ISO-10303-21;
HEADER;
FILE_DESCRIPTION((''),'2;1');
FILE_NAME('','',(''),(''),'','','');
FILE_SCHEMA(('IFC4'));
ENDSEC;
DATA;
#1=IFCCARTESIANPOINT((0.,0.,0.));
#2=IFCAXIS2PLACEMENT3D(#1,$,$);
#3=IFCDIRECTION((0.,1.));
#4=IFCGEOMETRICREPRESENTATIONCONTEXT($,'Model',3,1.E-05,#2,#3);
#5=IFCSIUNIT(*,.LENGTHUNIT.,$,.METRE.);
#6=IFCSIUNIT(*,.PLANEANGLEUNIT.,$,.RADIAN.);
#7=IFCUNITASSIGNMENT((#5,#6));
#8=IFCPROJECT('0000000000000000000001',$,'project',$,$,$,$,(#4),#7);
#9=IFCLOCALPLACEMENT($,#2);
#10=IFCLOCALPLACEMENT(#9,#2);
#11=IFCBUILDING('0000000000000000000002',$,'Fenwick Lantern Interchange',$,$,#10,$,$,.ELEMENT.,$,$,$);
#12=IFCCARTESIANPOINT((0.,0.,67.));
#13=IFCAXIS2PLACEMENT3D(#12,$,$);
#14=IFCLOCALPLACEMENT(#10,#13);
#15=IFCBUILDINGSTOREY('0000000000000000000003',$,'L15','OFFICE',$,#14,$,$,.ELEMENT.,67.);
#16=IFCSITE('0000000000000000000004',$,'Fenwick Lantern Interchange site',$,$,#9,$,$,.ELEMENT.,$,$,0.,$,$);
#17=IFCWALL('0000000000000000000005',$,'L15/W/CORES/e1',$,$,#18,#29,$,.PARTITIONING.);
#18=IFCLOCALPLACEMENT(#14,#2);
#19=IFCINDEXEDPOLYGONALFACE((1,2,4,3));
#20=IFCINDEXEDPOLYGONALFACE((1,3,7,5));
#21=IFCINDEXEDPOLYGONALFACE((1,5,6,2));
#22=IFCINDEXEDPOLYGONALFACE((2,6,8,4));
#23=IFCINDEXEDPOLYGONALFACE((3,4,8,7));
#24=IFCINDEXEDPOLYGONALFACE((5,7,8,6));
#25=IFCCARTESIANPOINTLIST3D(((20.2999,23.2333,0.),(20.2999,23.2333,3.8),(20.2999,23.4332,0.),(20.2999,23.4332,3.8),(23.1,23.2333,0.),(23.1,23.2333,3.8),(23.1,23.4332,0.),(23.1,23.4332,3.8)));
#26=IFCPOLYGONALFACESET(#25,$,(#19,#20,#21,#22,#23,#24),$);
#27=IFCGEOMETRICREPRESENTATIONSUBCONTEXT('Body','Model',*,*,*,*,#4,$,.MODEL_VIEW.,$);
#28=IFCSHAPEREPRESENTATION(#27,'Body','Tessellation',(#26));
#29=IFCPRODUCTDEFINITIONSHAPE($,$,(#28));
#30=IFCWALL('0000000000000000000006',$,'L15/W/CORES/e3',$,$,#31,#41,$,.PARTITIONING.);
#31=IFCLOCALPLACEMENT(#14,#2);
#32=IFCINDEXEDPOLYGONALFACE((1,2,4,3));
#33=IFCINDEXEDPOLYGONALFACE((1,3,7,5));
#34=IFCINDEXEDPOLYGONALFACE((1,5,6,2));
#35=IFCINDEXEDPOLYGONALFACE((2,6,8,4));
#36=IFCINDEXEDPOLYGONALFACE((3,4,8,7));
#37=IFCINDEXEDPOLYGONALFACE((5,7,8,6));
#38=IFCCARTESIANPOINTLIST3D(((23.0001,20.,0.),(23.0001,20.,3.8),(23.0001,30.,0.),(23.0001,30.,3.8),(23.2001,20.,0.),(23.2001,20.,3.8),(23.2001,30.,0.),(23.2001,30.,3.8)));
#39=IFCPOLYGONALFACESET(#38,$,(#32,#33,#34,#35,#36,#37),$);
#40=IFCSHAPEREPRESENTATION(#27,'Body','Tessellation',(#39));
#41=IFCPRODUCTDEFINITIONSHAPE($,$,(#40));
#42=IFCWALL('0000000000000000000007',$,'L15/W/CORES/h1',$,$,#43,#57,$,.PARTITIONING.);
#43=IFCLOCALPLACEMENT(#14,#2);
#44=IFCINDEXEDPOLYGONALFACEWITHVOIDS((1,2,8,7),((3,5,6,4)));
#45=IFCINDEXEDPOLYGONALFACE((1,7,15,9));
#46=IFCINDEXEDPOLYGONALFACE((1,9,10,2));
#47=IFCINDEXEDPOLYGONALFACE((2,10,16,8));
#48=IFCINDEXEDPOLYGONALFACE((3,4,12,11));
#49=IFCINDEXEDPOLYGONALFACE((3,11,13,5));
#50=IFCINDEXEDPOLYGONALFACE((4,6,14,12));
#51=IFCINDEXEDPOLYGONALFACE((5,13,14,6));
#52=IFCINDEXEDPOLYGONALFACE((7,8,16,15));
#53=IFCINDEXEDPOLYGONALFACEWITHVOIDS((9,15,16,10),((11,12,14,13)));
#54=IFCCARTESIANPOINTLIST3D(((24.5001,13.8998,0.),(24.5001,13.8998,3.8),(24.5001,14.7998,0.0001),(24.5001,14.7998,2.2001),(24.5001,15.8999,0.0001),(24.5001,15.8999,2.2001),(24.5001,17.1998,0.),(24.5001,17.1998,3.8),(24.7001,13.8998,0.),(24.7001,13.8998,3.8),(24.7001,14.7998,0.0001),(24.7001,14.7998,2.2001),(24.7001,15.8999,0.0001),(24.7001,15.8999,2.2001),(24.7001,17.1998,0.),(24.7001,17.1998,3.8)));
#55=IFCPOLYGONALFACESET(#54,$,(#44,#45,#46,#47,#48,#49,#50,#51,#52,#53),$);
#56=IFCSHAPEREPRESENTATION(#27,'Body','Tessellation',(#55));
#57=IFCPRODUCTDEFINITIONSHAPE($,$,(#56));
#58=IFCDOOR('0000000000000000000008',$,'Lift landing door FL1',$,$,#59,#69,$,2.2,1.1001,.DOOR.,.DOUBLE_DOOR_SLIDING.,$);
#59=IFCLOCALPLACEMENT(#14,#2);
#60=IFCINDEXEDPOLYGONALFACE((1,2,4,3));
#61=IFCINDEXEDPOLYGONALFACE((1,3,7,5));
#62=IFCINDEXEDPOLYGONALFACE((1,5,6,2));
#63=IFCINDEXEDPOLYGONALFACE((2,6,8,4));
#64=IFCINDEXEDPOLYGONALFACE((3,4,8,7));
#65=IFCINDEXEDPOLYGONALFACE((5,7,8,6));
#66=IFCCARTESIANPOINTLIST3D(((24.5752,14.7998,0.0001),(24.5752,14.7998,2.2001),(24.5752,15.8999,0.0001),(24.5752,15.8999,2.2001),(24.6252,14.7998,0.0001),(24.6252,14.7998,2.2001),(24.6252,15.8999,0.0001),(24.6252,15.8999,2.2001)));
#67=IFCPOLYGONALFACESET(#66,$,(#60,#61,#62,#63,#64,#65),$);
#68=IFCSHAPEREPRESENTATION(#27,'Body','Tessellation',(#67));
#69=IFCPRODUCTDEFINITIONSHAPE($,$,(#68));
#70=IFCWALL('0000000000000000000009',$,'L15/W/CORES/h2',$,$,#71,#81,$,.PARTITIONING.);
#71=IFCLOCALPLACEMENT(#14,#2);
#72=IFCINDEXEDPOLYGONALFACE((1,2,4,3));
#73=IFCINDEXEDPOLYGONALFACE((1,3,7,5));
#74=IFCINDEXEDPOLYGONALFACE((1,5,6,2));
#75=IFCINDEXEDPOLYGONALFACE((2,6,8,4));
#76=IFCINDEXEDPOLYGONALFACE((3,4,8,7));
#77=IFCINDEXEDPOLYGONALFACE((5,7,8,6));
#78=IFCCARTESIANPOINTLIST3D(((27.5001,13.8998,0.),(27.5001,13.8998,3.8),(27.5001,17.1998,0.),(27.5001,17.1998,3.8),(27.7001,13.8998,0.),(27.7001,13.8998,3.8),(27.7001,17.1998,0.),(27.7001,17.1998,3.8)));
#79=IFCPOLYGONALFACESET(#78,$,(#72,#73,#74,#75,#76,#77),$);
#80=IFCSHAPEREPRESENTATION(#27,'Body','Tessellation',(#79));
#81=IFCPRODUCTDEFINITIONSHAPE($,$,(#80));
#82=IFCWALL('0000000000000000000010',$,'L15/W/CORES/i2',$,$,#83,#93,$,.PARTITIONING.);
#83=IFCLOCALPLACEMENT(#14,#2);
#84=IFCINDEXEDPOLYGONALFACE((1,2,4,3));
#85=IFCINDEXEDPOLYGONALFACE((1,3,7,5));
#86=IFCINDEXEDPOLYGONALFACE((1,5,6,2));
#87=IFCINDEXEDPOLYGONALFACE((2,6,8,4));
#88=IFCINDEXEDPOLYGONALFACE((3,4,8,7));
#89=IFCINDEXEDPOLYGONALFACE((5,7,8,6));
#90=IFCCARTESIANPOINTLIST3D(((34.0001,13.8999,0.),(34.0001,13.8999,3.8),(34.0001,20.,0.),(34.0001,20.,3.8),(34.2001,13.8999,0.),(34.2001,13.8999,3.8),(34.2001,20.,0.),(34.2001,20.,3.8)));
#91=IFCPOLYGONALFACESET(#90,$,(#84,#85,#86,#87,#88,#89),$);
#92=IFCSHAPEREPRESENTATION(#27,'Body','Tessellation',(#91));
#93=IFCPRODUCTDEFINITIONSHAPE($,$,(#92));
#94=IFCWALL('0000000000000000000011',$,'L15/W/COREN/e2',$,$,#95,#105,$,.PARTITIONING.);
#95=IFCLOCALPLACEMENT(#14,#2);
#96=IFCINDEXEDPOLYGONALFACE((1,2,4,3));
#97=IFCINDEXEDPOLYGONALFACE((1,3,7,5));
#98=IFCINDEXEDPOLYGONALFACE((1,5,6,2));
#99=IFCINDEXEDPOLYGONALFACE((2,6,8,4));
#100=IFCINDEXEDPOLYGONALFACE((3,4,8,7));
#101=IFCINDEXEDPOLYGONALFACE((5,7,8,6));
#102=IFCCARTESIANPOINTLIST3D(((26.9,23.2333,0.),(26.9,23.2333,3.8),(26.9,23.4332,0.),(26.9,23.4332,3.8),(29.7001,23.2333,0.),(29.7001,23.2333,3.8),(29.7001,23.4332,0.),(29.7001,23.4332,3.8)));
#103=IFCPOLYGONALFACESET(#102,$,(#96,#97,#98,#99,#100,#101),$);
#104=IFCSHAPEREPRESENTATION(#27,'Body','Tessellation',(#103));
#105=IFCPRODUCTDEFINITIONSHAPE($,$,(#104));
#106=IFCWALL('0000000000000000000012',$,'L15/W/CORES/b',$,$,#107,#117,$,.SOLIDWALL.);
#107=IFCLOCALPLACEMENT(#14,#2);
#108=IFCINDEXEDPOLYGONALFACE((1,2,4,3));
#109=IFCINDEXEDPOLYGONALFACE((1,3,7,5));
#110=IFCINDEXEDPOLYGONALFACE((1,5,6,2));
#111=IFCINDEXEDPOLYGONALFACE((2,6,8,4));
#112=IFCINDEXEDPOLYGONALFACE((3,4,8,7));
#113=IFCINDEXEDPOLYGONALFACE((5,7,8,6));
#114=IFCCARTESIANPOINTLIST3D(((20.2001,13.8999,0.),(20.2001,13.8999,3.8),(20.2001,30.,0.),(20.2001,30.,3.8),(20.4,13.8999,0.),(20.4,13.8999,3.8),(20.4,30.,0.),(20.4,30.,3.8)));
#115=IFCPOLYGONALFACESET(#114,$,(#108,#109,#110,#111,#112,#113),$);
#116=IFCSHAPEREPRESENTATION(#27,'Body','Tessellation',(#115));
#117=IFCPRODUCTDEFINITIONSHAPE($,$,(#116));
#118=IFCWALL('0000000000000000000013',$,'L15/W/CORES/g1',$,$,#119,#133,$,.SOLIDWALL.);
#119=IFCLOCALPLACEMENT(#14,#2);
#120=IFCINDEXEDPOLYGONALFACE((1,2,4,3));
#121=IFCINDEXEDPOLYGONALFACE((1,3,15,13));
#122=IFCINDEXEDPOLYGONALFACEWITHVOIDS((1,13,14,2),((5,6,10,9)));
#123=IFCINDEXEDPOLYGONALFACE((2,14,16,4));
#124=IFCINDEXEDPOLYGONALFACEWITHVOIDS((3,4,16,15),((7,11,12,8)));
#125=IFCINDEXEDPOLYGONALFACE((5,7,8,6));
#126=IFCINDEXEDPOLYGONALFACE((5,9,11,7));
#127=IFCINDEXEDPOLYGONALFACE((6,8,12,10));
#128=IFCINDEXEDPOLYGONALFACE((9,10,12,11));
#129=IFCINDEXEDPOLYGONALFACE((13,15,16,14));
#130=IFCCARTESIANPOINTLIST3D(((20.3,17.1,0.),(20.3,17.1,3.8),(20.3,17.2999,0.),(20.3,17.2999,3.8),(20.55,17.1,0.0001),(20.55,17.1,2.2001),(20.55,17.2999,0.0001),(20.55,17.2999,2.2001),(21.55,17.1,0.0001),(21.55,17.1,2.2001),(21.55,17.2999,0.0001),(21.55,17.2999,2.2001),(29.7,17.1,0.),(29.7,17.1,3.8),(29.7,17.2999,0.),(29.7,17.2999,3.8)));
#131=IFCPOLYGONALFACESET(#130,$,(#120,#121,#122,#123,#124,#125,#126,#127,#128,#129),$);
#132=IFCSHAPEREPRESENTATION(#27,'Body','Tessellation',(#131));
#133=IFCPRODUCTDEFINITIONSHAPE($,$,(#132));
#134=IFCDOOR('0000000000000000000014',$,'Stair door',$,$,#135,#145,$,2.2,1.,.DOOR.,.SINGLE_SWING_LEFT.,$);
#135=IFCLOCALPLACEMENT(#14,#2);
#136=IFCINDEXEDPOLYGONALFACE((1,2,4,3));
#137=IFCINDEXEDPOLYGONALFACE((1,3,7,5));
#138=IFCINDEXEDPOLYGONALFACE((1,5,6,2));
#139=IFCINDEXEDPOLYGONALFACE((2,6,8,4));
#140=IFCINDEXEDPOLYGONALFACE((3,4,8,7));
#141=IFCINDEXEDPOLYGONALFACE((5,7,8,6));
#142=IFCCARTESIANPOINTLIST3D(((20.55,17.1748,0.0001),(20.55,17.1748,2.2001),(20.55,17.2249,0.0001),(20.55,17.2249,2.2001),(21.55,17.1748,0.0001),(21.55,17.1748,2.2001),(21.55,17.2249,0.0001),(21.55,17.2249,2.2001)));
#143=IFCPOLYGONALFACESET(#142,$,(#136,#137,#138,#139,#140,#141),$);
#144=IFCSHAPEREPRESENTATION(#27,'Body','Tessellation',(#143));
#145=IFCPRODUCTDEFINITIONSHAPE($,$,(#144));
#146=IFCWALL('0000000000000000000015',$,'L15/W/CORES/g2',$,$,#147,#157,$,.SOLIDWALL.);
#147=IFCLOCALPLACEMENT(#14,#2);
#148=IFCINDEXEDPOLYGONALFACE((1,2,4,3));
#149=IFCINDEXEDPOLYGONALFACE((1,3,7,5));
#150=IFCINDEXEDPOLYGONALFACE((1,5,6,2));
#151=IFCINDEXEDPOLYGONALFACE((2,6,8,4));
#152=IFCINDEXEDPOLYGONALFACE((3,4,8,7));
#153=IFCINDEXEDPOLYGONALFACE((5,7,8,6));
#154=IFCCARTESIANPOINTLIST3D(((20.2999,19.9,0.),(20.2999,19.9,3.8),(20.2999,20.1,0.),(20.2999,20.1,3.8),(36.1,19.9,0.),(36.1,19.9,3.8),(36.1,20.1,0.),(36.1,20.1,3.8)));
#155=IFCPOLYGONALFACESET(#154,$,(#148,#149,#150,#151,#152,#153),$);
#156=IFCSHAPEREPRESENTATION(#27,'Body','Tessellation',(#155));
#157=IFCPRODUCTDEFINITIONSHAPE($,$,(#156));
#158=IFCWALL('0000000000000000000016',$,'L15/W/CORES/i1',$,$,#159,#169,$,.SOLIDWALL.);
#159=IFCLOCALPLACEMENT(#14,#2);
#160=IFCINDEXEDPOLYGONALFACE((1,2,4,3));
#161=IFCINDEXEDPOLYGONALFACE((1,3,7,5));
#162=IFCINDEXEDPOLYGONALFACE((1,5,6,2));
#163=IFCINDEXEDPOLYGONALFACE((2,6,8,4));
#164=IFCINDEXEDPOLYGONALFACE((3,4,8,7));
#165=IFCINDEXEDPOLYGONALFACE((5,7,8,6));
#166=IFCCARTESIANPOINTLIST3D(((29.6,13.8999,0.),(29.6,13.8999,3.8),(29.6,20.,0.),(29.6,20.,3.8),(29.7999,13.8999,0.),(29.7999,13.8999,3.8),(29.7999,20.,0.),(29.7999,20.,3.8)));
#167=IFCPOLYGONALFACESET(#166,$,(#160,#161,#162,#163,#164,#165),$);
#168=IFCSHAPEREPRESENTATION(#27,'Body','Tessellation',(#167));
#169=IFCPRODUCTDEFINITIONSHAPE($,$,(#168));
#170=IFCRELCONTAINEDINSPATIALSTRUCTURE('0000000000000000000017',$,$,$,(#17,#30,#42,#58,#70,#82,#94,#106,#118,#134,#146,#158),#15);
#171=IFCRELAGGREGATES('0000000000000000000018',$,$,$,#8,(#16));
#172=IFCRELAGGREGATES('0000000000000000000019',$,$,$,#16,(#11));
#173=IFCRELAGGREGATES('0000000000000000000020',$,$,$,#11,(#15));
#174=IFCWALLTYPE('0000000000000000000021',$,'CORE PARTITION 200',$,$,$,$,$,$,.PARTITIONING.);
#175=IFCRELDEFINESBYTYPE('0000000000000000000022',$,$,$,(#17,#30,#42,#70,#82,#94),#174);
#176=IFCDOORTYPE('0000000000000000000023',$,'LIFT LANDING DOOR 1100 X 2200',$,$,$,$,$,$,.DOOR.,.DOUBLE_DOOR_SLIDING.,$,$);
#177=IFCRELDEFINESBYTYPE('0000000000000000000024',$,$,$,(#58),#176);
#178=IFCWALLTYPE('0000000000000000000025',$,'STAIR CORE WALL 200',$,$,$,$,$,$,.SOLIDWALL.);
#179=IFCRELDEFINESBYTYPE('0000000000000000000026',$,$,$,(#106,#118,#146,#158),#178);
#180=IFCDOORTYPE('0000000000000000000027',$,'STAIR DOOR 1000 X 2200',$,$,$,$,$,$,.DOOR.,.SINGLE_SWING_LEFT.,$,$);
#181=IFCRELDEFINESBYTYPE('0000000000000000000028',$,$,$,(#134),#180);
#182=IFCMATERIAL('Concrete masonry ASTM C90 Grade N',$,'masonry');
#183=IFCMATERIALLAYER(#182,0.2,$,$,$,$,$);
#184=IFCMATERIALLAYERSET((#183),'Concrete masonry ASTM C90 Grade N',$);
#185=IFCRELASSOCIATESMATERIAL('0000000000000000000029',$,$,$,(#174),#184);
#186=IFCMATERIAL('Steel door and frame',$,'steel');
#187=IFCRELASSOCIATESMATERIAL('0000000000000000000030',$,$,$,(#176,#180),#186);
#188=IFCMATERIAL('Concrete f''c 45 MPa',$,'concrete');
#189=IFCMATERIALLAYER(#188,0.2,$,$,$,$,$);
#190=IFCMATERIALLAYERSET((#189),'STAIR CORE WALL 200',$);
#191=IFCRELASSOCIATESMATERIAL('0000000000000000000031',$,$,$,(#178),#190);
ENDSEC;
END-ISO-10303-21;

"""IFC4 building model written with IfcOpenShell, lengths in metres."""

from ifc_helpers import new_model, si_unit, direction, frame, frame_2d, origin, place, context, subcontext, project, spatial, rectangle, extrude, material, layer, layer_set, type_object, element, fill, save


model = new_model("IFC4")

# Units and contexts
model_context = context("Model", 3, precision=1e-05, world=origin(), true_north=direction((0.0, 1.0)))
body_context = subcontext(model_context, "Body", "Model", "MODEL_VIEW")
ifc_project = project(units=[si_unit("LENGTHUNIT", "METRE"), si_unit("PLANEANGLEUNIT", "RADIAN")], contexts=[model_context])

# Site, building, storey
site_placement = place(None, origin())
site = spatial("IfcSite", under=ifc_project, at=site_placement, Name="Fenwick Lantern Interchange site", CompositionType="ELEMENT", RefElevation=0.0)
building_placement = place(site_placement, origin())
building = spatial("IfcBuilding", under=site, at=building_placement, Name="Fenwick Lantern Interchange", CompositionType="ELEMENT")
storey_placement = place(building_placement, frame((0.0, 0.0, 67.0)))
storey = spatial("IfcBuildingStorey", under=building, at=storey_placement, Name="L15", Description="OFFICE", CompositionType="ELEMENT", Elevation=67.0)

# Walls
ifc_material_1 = material(Name="Concrete masonry ASTM C90 Grade N", Category="masonry")
ifc_layer_1 = layer(ifc_material_1, 0.2)
ifc_layer_set_1 = layer_set([ifc_layer_1], Name="Concrete masonry ASTM C90 Grade N")
wall_type_1 = type_object("IfcWallType", Name="CORE PARTITION 200", PredefinedType="PARTITIONING", material=ifc_layer_set_1)
wall_1_placement = place(storey_placement, frame((20.3, 23.3333, 0.0), z_axis=(0.0, 0.0, 1.0), x_axis=(1.0, 0.0, 0.0)))
element("IfcWall", 1, at=wall_1_placement, inside=storey, type_object=wall_type_1, Name="L15/W/CORES/e1", PredefinedType="PARTITIONING", context=body_context, shape_type="SweptSolid", body=[
    extrude(rectangle(XDim=2.8, YDim=0.2, at=frame_2d((1.3999, 0.0))), origin(), (0.0, 0.0, 1.0), 3.8),
])
wall_2_placement = place(storey_placement, frame((23.1001, 20.0, 0.0), z_axis=(0.0, 0.0, 1.0), x_axis=(0.0, 1.0, 0.0)))
element("IfcWall", 2, at=wall_2_placement, inside=storey, type_object=wall_type_1, Name="L15/W/CORES/e3", PredefinedType="PARTITIONING", context=body_context, shape_type="SweptSolid", body=[
    extrude(rectangle(XDim=10.0, YDim=0.2, at=frame_2d((5.0, 0.0))), origin(), (0.0, 0.0, 1.0), 3.8),
])

# Wall, opening, door
wall_3_placement = place(storey_placement, frame((24.6001, 13.8999, 0.0), z_axis=(0.0, 0.0, 1.0), x_axis=(0.0, 1.0, 0.0)))
wall_3 = element("IfcWall", 3, at=wall_3_placement, inside=storey, type_object=wall_type_1, Name="L15/W/CORES/h1", PredefinedType="PARTITIONING", context=body_context, shape_type="SweptSolid", body=[
    extrude(rectangle(XDim=3.3, YDim=0.2, at=frame_2d((1.6499, 0.0))), origin(), (0.0, 0.0, 1.0), 3.8),
])
opening_1_placement = place(wall_3_placement, frame((0.8999, 0.0, 0.0)))
opening_1 = element("IfcOpeningElement", 4, at=opening_1_placement, cuts=wall_3, PredefinedType="OPENING", context=body_context, shape_type="SweptSolid", body=[
    extrude(rectangle(XDim=1.1001, YDim=2.2, at=frame_2d((0.55, 1.1001))), frame((0.0, 0.1099, 0.0), z_axis=(0.0, -1.0, 0.0), x_axis=(1.0, 0.0, 0.0)), (0.0, 0.0, 1.0), 0.22),
])
ifc_material_2 = material(Name="Steel door and frame", Category="steel")
door_type_1 = type_object("IfcDoorType", Name="LIFT LANDING DOOR 1100 X 2200", OperationType="DOUBLE_DOOR_SLIDING", PredefinedType="DOOR", material=ifc_material_2)
door_1_placement = place(opening_1_placement, origin())
door_1 = element("IfcDoor", 5, at=door_1_placement, inside=storey, type_object=door_type_1, Name="Lift landing door FL1", OperationType="DOUBLE_DOOR_SLIDING", OverallHeight=2.2, OverallWidth=1.1001, PredefinedType="DOOR", context=body_context, shape_type="SweptSolid", body=[
    extrude(rectangle(XDim=1.1001, YDim=2.2, at=frame_2d((0.55, 1.1001))), frame((0.0, 0.0249, 0.0), z_axis=(0.0, -1.0, 0.0), x_axis=(1.0, 0.0, 0.0)), (0.0, 0.0, 1.0), 0.05),
])
fill(opening_1, door_1)

# Walls
wall_4_placement = place(storey_placement, frame((27.6001, 13.8999, 0.0), z_axis=(0.0, 0.0, 1.0), x_axis=(0.0, 1.0, 0.0)))
element("IfcWall", 6, at=wall_4_placement, inside=storey, type_object=wall_type_1, Name="L15/W/CORES/h2", PredefinedType="PARTITIONING", context=body_context, shape_type="SweptSolid", body=[
    extrude(rectangle(XDim=3.3, YDim=0.2, at=frame_2d((1.6499, 0.0))), origin(), (0.0, 0.0, 1.0), 3.8),
])
wall_5_placement = place(storey_placement, frame((34.1001, 13.8999, 0.0), z_axis=(0.0, 0.0, 1.0), x_axis=(0.0, 1.0, 0.0)))
element("IfcWall", 7, at=wall_5_placement, inside=storey, type_object=wall_type_1, Name="L15/W/CORES/i2", PredefinedType="PARTITIONING", context=body_context, shape_type="SweptSolid", body=[
    extrude(rectangle(XDim=6.1001, YDim=0.2, at=frame_2d((3.05, 0.0))), origin(), (0.0, 0.0, 1.0), 3.8),
])
wall_6_placement = place(storey_placement, frame((29.7, 23.3333, 0.0), z_axis=(0.0, 0.0, 1.0), x_axis=(-1.0, 0.0, 0.0)))
element("IfcWall", 8, at=wall_6_placement, inside=storey, type_object=wall_type_1, Name="L15/W/COREN/e2", PredefinedType="PARTITIONING", context=body_context, shape_type="SweptSolid", body=[
    extrude(rectangle(XDim=2.8, YDim=0.2, at=frame_2d((1.3999, 0.0))), origin(), (0.0, 0.0, 1.0), 3.8),
])
ifc_material_3 = material(Name="Concrete f'c 45 MPa", Category="concrete")
ifc_layer_2 = layer(ifc_material_3, 0.2)
ifc_layer_set_2 = layer_set([ifc_layer_2], Name="STAIR CORE WALL 200")
wall_type_2 = type_object("IfcWallType", Name="STAIR CORE WALL 200", PredefinedType="SOLIDWALL", material=ifc_layer_set_2)
wall_7_placement = place(storey_placement, frame((20.3, 13.8999, 0.0), z_axis=(0.0, 0.0, 1.0), x_axis=(0.0, 1.0, 0.0)))
element("IfcWall", 9, at=wall_7_placement, inside=storey, type_object=wall_type_2, Name="L15/W/CORES/b", PredefinedType="SOLIDWALL", context=body_context, shape_type="SweptSolid", body=[
    extrude(rectangle(XDim=16.1001, YDim=0.2, at=frame_2d((8.05, 0.0))), origin(), (0.0, 0.0, 1.0), 3.8),
])

# Wall, opening, door
wall_8_placement = place(storey_placement, frame((20.3, 17.2, 0.0), z_axis=(0.0, 0.0, 1.0), x_axis=(1.0, 0.0, 0.0)))
wall_8 = element("IfcWall", 10, at=wall_8_placement, inside=storey, type_object=wall_type_2, Name="L15/W/CORES/g1", PredefinedType="SOLIDWALL", context=body_context, shape_type="SweptSolid", body=[
    extrude(rectangle(XDim=9.3999, YDim=0.2, at=frame_2d((4.7, 0.0))), origin(), (0.0, 0.0, 1.0), 3.8),
])
opening_2_placement = place(wall_8_placement, frame((0.25, 0.0, 0.0)))
opening_2 = element("IfcOpeningElement", 11, at=opening_2_placement, cuts=wall_8, PredefinedType="OPENING", context=body_context, shape_type="SweptSolid", body=[
    extrude(rectangle(XDim=1.0, YDim=2.2, at=frame_2d((0.5, 1.1001))), frame((0.0, 0.1099, 0.0), z_axis=(0.0, -1.0, 0.0), x_axis=(1.0, 0.0, 0.0)), (0.0, 0.0, 1.0), 0.22),
])
door_type_2 = type_object("IfcDoorType", Name="STAIR DOOR 1000 X 2200", OperationType="SINGLE_SWING_LEFT", PredefinedType="DOOR", material=ifc_material_2)
door_2_placement = place(opening_2_placement, origin())
door_2 = element("IfcDoor", 12, at=door_2_placement, inside=storey, type_object=door_type_2, Name="Stair door", OperationType="SINGLE_SWING_LEFT", OverallHeight=2.2, OverallWidth=1.0, PredefinedType="DOOR", context=body_context, shape_type="SweptSolid", body=[
    extrude(rectangle(XDim=1.0, YDim=2.2, at=frame_2d((0.5, 1.1001))), frame((0.0, 0.0249, 0.0), z_axis=(0.0, -1.0, 0.0), x_axis=(1.0, 0.0, 0.0)), (0.0, 0.0, 1.0), 0.05),
])
fill(opening_2, door_2)

# Walls
wall_9_placement = place(storey_placement, frame((20.3, 20.0, 0.0), z_axis=(0.0, 0.0, 1.0), x_axis=(1.0, 0.0, 0.0)))
element("IfcWall", 13, at=wall_9_placement, inside=storey, type_object=wall_type_2, Name="L15/W/CORES/g2", PredefinedType="SOLIDWALL", context=body_context, shape_type="SweptSolid", body=[
    extrude(rectangle(XDim=15.8, YDim=0.2, at=frame_2d((7.8999, 0.0))), origin(), (0.0, 0.0, 1.0), 3.8),
])
wall_10_placement = place(storey_placement, frame((29.7, 13.8999, 0.0), z_axis=(0.0, 0.0, 1.0), x_axis=(0.0, 1.0, 0.0)))
element("IfcWall", 14, at=wall_10_placement, inside=storey, type_object=wall_type_2, Name="L15/W/CORES/i1", PredefinedType="SOLIDWALL", context=body_context, shape_type="SweptSolid", body=[
    extrude(rectangle(XDim=6.1001, YDim=0.2, at=frame_2d((3.05, 0.0))), origin(), (0.0, 0.0, 1.0), 3.8),
])

save(model, "model.ifc")
